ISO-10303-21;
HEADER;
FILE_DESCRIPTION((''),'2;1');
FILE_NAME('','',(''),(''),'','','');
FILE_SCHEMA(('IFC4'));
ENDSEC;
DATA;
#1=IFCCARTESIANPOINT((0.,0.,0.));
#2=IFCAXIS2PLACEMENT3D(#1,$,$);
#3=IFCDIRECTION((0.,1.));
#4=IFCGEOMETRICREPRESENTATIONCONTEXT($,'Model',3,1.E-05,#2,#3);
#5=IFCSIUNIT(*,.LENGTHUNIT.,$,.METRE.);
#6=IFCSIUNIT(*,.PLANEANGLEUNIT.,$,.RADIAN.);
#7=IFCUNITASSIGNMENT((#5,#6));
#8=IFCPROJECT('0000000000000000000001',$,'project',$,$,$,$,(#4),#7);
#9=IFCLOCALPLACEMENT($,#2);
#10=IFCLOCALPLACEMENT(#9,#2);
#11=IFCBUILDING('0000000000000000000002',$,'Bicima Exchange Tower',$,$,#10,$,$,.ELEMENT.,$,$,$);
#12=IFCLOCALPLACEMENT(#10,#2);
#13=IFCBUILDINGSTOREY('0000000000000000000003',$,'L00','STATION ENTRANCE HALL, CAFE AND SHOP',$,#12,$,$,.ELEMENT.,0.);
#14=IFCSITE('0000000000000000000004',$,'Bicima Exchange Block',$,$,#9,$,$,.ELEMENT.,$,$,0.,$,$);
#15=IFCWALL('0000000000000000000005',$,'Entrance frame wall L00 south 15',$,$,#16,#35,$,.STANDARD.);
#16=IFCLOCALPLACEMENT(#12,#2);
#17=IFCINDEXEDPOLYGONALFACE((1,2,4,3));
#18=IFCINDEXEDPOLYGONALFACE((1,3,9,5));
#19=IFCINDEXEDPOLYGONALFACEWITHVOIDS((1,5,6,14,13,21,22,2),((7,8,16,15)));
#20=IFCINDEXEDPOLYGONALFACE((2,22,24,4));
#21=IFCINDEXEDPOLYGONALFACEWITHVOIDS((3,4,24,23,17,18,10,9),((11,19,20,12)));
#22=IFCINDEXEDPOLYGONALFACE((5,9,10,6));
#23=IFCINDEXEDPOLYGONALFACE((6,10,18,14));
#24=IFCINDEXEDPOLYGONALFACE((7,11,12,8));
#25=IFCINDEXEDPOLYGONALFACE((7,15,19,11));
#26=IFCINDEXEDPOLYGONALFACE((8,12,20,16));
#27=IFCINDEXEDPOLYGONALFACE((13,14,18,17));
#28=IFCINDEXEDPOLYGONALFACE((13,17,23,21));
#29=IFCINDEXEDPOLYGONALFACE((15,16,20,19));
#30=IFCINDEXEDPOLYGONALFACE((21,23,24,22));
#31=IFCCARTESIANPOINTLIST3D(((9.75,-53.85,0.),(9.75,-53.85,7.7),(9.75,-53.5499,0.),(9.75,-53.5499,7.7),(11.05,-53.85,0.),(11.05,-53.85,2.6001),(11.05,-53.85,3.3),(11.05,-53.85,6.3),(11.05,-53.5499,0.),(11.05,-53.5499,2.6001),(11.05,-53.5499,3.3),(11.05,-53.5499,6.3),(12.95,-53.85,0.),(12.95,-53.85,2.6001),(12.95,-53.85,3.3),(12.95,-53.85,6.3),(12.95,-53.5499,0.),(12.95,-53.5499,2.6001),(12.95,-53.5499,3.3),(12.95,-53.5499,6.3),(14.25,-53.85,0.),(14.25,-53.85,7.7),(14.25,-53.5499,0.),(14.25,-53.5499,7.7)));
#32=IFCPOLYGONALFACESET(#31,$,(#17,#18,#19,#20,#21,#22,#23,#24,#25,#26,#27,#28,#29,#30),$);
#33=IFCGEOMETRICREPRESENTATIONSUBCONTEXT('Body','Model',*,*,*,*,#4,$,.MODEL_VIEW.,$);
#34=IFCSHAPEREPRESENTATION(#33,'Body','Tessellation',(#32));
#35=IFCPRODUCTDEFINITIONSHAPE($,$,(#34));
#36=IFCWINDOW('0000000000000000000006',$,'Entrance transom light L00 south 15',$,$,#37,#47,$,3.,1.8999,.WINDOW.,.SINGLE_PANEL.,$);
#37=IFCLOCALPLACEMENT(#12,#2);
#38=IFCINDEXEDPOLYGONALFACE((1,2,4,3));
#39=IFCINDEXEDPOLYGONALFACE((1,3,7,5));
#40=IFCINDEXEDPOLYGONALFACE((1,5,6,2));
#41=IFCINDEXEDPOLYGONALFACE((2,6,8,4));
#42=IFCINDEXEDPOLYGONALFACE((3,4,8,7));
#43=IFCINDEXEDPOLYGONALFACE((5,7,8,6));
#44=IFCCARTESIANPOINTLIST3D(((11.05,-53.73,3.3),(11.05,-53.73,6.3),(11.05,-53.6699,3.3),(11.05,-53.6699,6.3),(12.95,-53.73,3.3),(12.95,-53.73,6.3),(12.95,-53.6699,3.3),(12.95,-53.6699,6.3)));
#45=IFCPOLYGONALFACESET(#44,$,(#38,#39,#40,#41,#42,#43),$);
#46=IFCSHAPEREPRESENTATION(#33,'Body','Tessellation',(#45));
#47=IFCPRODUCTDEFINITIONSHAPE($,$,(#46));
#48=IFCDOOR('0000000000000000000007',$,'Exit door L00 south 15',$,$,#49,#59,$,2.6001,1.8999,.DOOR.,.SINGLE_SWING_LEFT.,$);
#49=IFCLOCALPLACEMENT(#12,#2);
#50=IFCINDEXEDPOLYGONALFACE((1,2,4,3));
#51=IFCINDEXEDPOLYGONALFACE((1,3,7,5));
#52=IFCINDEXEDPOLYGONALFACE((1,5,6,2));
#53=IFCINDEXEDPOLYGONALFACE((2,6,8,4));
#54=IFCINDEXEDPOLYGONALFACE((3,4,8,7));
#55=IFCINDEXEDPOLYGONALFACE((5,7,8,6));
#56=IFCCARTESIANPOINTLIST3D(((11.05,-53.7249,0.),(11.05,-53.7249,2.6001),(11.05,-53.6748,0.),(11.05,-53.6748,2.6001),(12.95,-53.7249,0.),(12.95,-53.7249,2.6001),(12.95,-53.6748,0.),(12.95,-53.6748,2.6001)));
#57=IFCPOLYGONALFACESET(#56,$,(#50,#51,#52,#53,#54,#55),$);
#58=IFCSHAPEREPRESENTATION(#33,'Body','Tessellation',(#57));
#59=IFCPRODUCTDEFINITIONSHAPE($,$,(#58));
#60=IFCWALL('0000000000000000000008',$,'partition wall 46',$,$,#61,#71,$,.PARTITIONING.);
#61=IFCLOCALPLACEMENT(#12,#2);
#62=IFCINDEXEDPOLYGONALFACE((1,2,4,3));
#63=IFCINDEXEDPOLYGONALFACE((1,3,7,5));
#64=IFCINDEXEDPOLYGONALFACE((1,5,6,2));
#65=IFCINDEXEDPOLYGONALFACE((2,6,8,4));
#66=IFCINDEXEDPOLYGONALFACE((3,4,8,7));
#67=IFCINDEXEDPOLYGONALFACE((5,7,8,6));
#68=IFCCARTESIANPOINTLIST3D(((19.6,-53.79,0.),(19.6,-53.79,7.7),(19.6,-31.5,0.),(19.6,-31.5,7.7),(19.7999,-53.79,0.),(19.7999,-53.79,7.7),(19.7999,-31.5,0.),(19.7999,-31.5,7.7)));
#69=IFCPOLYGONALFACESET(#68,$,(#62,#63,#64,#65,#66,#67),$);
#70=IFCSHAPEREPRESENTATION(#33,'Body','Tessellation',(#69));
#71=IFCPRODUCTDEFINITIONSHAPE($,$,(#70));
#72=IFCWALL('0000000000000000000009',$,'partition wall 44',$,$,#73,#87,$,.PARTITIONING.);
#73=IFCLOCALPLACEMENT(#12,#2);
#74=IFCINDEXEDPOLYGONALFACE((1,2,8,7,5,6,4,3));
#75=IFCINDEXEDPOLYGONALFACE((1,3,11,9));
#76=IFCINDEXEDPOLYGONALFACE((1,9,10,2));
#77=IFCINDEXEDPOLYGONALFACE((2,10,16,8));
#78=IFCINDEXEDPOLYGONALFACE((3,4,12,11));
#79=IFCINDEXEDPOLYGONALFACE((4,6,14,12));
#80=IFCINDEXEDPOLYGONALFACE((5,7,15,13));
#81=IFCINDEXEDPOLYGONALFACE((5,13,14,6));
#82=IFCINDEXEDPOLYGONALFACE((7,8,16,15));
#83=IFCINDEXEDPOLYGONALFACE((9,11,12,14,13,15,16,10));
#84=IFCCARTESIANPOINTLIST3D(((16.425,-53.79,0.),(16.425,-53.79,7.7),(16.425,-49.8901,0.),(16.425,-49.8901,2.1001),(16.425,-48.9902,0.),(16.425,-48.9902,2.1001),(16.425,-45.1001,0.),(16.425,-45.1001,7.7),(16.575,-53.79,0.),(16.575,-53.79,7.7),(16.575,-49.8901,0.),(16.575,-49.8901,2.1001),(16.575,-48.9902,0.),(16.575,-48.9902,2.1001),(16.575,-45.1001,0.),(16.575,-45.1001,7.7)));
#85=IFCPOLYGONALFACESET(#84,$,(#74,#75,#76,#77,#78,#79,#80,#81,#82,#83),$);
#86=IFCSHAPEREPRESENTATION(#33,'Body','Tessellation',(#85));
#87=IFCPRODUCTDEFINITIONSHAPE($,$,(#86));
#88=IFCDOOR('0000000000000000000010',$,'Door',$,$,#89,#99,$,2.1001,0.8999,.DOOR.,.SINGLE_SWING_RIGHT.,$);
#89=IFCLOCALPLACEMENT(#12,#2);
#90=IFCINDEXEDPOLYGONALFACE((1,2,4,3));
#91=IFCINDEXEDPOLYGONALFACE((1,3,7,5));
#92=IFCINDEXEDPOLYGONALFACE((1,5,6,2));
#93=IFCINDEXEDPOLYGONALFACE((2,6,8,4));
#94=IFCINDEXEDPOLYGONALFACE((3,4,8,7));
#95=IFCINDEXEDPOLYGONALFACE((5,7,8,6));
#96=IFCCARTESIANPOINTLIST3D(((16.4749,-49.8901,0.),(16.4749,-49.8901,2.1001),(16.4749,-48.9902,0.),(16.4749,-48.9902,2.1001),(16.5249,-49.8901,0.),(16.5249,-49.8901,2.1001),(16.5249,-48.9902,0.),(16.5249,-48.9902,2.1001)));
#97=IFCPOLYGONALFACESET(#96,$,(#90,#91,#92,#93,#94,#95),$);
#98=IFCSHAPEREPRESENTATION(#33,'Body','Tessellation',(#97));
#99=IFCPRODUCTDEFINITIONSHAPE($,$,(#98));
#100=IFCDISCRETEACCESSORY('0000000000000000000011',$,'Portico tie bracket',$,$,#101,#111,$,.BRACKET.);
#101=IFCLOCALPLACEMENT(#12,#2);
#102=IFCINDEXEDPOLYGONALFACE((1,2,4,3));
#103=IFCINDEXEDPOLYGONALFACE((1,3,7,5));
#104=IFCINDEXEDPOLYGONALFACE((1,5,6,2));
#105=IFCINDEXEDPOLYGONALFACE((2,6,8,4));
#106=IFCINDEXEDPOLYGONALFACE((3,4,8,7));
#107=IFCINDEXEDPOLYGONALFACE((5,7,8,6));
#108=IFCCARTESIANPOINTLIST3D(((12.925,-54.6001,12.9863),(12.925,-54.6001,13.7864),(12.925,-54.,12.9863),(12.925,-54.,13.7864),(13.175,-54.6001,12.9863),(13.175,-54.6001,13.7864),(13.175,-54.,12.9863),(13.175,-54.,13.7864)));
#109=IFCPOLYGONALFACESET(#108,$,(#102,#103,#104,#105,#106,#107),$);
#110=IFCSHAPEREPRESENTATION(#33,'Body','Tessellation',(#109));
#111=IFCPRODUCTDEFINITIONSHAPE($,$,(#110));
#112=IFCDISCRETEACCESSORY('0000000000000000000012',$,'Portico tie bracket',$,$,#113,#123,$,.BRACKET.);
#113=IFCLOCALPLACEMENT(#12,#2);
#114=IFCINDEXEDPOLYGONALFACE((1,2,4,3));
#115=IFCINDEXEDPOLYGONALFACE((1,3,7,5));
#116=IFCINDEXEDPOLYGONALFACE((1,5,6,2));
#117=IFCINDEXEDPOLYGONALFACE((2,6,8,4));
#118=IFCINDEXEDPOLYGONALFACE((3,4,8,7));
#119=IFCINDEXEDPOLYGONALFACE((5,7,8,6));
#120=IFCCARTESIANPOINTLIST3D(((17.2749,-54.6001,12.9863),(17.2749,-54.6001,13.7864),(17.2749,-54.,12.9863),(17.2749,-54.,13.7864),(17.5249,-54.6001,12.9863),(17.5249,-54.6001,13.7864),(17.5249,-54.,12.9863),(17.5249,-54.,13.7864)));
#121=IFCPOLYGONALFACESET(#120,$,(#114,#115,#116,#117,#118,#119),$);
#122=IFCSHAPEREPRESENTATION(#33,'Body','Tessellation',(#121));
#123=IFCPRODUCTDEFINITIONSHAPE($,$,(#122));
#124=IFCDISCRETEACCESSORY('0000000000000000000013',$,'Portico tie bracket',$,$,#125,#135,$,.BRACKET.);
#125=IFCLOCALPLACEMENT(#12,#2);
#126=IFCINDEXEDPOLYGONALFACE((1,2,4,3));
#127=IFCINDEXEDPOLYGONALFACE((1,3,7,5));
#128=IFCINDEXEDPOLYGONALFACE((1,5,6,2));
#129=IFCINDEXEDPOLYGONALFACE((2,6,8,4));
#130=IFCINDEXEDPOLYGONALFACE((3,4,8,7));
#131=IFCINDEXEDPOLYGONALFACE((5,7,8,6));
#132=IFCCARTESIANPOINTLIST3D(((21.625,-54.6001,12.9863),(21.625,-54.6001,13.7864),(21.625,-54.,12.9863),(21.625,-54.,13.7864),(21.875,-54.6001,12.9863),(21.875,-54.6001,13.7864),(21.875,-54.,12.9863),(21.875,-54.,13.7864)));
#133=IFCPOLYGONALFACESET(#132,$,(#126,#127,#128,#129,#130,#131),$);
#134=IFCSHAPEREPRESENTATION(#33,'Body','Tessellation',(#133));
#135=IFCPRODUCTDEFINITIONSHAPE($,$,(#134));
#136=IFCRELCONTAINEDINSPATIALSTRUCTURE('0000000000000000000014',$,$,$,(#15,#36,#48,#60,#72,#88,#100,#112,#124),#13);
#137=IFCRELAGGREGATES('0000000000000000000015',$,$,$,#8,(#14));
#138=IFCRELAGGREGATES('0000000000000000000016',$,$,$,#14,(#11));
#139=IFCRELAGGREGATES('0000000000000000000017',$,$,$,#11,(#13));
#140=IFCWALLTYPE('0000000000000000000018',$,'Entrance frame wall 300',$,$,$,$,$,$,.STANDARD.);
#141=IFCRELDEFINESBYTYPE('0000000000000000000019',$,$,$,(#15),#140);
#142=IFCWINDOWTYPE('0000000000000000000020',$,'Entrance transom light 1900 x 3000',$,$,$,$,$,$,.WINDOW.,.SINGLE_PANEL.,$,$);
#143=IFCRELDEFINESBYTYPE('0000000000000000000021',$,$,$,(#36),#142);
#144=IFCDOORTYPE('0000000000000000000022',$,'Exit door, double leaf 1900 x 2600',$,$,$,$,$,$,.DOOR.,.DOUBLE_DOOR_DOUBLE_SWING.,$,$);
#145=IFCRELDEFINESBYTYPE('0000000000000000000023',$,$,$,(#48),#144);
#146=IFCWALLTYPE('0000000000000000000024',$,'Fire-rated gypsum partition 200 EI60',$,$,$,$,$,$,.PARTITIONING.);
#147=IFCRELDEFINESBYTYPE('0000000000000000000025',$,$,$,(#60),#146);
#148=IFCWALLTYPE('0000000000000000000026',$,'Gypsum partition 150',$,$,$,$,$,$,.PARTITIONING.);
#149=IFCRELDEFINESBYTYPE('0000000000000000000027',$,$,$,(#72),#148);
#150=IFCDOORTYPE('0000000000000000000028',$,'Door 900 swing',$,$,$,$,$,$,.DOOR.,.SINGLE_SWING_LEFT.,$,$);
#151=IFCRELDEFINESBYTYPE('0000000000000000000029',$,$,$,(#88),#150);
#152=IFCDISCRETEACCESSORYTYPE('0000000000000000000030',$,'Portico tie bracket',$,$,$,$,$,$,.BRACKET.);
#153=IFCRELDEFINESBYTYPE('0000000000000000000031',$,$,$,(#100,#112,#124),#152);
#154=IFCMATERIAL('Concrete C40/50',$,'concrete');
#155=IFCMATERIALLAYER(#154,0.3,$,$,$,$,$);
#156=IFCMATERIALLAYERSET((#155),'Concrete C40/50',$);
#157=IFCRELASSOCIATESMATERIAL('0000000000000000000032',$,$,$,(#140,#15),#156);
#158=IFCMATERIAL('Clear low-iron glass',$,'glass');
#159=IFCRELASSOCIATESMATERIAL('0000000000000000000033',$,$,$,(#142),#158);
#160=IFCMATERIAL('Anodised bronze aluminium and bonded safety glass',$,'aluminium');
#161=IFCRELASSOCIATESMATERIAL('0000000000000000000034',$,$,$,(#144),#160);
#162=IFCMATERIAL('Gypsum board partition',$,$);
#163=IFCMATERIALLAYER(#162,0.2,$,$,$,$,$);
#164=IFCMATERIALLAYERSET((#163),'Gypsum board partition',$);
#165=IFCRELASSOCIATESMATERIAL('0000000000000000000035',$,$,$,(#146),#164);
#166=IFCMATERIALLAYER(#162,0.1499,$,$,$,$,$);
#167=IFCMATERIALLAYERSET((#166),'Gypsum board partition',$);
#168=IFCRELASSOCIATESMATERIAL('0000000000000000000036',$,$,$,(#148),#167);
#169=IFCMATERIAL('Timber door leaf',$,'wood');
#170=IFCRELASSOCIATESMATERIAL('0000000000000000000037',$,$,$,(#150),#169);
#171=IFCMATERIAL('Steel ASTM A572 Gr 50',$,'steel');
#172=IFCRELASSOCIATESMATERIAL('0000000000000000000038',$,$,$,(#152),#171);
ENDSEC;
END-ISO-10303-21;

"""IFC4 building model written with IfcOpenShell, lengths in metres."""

from ifc_helpers import new_model, si_unit, direction, frame, frame_2d, origin, origin_2d, place, context, subcontext, project, spatial, rectangle, extrude, material, layer, layer_set, layer_usage, type_object, element, fill, save


model = new_model("IFC4")

# Units and contexts
model_context = context("Model", 3, precision=1e-05, world=origin(), true_north=direction((0.0, 1.0)))
body_context = subcontext(model_context, "Body", "Model", "MODEL_VIEW")
ifc_project = project(units=[si_unit("LENGTHUNIT", "METRE"), si_unit("PLANEANGLEUNIT", "RADIAN")], contexts=[model_context])

# Site, building, storey
site_placement = place(None, origin())
site = spatial("IfcSite", under=ifc_project, at=site_placement, Name="Bicima Exchange Block", CompositionType="ELEMENT", RefElevation=0.0)
building_placement = place(site_placement, origin())
building = spatial("IfcBuilding", under=site, at=building_placement, Name="Bicima Exchange Tower", CompositionType="ELEMENT")
storey_placement = place(building_placement, origin())
storey = spatial("IfcBuildingStorey", under=building, at=storey_placement, Name="L00", Description="STATION ENTRANCE HALL, CAFE AND SHOP", CompositionType="ELEMENT", Elevation=0.0)

# Shared definitions
ifc_material_1 = material(Name="Clear low-iron glass", Category="glass")

# Wall, openings, window, door
ifc_material_2 = material(Name="Concrete C40/50", Category="concrete")
ifc_layer_1 = layer(ifc_material_2, 0.3)
ifc_layer_set_1 = layer_set([ifc_layer_1], Name="Concrete C40/50")
ifc_layer_usage = layer_usage(ifc_layer_set_1, "AXIS2", "POSITIVE", -0.15)
wall_type_1 = type_object("IfcWallType", Name="Entrance frame wall 300", PredefinedType="STANDARD", material=ifc_layer_set_1)
wall_1_placement = place(storey_placement, frame((14.25, -53.7, 0.0), z_axis=(0.0, 0.0, 1.0), x_axis=(-1.0, 0.0, 0.0)))
wall_1 = element("IfcWall", 1, at=wall_1_placement, inside=storey, type_object=wall_type_1, material=ifc_layer_usage, Name="Entrance frame wall L00 south 15", PredefinedType="STANDARD", context=body_context, shape_type="SweptSolid", body=[
    extrude(rectangle(XDim=4.5, YDim=0.3, at=frame_2d((2.25, 0.0))), origin(), (0.0, 0.0, 1.0), 7.7),
])
opening_1_placement = place(wall_1_placement, frame((1.3, 0.0, 0.0)))
opening_1 = element("IfcOpeningElement", 2, at=opening_1_placement, cuts=wall_1, PredefinedType="OPENING", context=body_context, shape_type="SweptSolid", body=[
    extrude(rectangle(XDim=1.8999, YDim=2.6001, at=frame_2d((0.95, 1.3))), frame((0.0, 0.1621, 0.0), z_axis=(0.0, -1.0, 0.0), x_axis=(1.0, 0.0, 0.0)), (0.0, 0.0, 1.0), 0.324),
])
opening_2_placement = place(wall_1_placement, frame((1.3, 0.0, 3.3)))
opening_2 = element("IfcOpeningElement", 3, at=opening_2_placement, cuts=wall_1, PredefinedType="OPENING", context=body_context, shape_type="SweptSolid", body=[
    extrude(rectangle(XDim=1.8999, YDim=3.0, at=frame_2d((0.95, 1.5))), frame((0.0, 0.1621, 0.0), z_axis=(0.0, -1.0, 0.0), x_axis=(1.0, 0.0, 0.0)), (0.0, 0.0, 1.0), 0.324),
])
window_type = type_object("IfcWindowType", Name="Entrance transom light 1900 x 3000", PartitioningType="SINGLE_PANEL", PredefinedType="WINDOW", material=ifc_material_1)
window_placement = place(opening_2_placement, origin())
window = element("IfcWindow", 4, at=window_placement, inside=storey, type_object=window_type, Name="Entrance transom light L00 south 15", OverallHeight=3.0, OverallWidth=1.8999, PartitioningType="SINGLE_PANEL", PredefinedType="WINDOW", context=body_context, shape_type="SweptSolid", body=[
    extrude(rectangle(XDim=1.8999, YDim=3.0, at=frame_2d((0.95, 1.5))), frame((0.0, 0.03, 0.0), z_axis=(0.0, -1.0, 0.0), x_axis=(1.0, 0.0, 0.0)), (0.0, 0.0, 1.0), 0.0601),
])
fill(opening_2, window)
ifc_material_3 = material(Name="Anodised bronze aluminium and bonded safety glass", Category="aluminium")
door_type_1 = type_object("IfcDoorType", Name="Exit door, double leaf 1900 x 2600", OperationType="DOUBLE_DOOR_DOUBLE_SWING", PredefinedType="DOOR", material=ifc_material_3)
door_1_placement = place(opening_1_placement, origin())
door_1 = element("IfcDoor", 5, at=door_1_placement, inside=storey, type_object=door_type_1, Name="Exit door L00 south 15", OperationType="SINGLE_SWING_LEFT", OverallHeight=2.6001, OverallWidth=1.8999, PredefinedType="DOOR", context=body_context, shape_type="SweptSolid", body=[
    extrude(rectangle(XDim=1.8999, YDim=2.6001, at=frame_2d((0.95, 1.3))), frame((0.0, 0.0249, 0.0), z_axis=(0.0, -1.0, 0.0), x_axis=(1.0, 0.0, 0.0)), (0.0, 0.0, 1.0), 0.05),
])
fill(opening_1, door_1)

# Wall
ifc_material_4 = material(Name="Gypsum board partition")
ifc_layer_2 = layer(ifc_material_4, 0.2)
ifc_layer_set_2 = layer_set([ifc_layer_2], Name="Gypsum board partition")
wall_type_2 = type_object("IfcWallType", Name="Fire-rated gypsum partition 200 EI60", PredefinedType="PARTITIONING", material=ifc_layer_set_2)
wall_2_placement = place(storey_placement, frame((19.7, -53.79, 0.0), z_axis=(0.0, 0.0, 1.0), x_axis=(0.0, 1.0, 0.0)))
element("IfcWall", 6, at=wall_2_placement, inside=storey, type_object=wall_type_2, Name="partition wall 46", PredefinedType="PARTITIONING", context=body_context, shape_type="SweptSolid", body=[
    extrude(rectangle(XDim=22.29, YDim=0.2, at=frame_2d((11.145, 0.0))), origin(), (0.0, 0.0, 1.0), 7.7),
])

# Wall, opening, door
ifc_layer_3 = layer(ifc_material_4, 0.1499)
ifc_layer_set_3 = layer_set([ifc_layer_3], Name="Gypsum board partition")
wall_type_3 = type_object("IfcWallType", Name="Gypsum partition 150", PredefinedType="PARTITIONING", material=ifc_layer_set_3)
wall_3_placement = place(storey_placement, frame((16.5, -53.79, 0.0), z_axis=(0.0, 0.0, 1.0), x_axis=(0.0, 1.0, 0.0)))
wall_3 = element("IfcWall", 7, at=wall_3_placement, inside=storey, type_object=wall_type_3, Name="partition wall 44", PredefinedType="PARTITIONING", context=body_context, shape_type="SweptSolid", body=[
    extrude(rectangle(XDim=8.6899, YDim=0.1499, at=frame_2d((4.345, 0.0))), origin(), (0.0, 0.0, 1.0), 7.7),
])
opening_3_placement = place(wall_3_placement, frame((3.8999, 0.0, 0.0)))
opening_3 = element("IfcOpeningElement", 8, at=opening_3_placement, cuts=wall_3, PredefinedType="OPENING", context=body_context, shape_type="SweptSolid", body=[
    extrude(rectangle(XDim=0.8999, YDim=2.1001, at=frame_2d((0.45, 1.05))), frame((0.0, 0.0869, 0.0), z_axis=(0.0, -1.0, 0.0), x_axis=(1.0, 0.0, 0.0)), (0.0, 0.0, 1.0), 0.1738),
])
ifc_material_5 = material(Name="Timber door leaf", Category="wood")
door_type_2 = type_object("IfcDoorType", Name="Door 900 swing", OperationType="SINGLE_SWING_LEFT", PredefinedType="DOOR", material=ifc_material_5)
door_2_placement = place(opening_3_placement, frame((0.8999, 0.0, 0.0), z_axis=(0.0, 0.0, 1.0), x_axis=(-1.0, 0.0, 0.0)))
door_2 = element("IfcDoor", 9, at=door_2_placement, inside=storey, type_object=door_type_2, Name="Door", OperationType="SINGLE_SWING_RIGHT", OverallHeight=2.1001, OverallWidth=0.8999, PredefinedType="DOOR", context=body_context, shape_type="SweptSolid", body=[
    extrude(rectangle(XDim=0.8999, YDim=2.1001, at=frame_2d((0.45, 1.05))), frame((0.0, 0.0249, 0.0), z_axis=(0.0, -1.0, 0.0), x_axis=(1.0, 0.0, 0.0)), (0.0, 0.0, 1.0), 0.05),
])
fill(opening_3, door_2)

# Discrete accessories
ifc_material_6 = material(Name="Steel ASTM A572 Gr 50", Category="steel")
discrete_accessory_type = type_object("IfcDiscreteAccessoryType", Name="Portico tie bracket", PredefinedType="BRACKET", material=ifc_material_6)
for number, where, z_axis, x_axis, name in (
    (10, (13.05, -54.3, 12.9863), (0.0, 0.0, 1.0), (1.0, 0.0, 0.0), "Portico tie bracket"),
    (11, (17.3999, -54.3, 12.9863), (0.0, 0.0, 1.0), (1.0, 0.0, 0.0), "Portico tie bracket"),
    (12, (21.75, -54.3, 12.9863), (0.0, 0.0, 1.0), (1.0, 0.0, 0.0), "Portico tie bracket"),
):
    element("IfcDiscreteAccessory", number, at=place(storey_placement, frame(where, z_axis=z_axis, x_axis=x_axis)), inside=storey, type_object=discrete_accessory_type, Name=name, PredefinedType="BRACKET", context=body_context, shape_type="SweptSolid", body=[
        extrude(rectangle(XDim=0.25, YDim=0.6001, at=origin_2d()), origin(), (0.0, 0.0, 1.0), 0.8),
    ])

save(model, "model.ifc")
